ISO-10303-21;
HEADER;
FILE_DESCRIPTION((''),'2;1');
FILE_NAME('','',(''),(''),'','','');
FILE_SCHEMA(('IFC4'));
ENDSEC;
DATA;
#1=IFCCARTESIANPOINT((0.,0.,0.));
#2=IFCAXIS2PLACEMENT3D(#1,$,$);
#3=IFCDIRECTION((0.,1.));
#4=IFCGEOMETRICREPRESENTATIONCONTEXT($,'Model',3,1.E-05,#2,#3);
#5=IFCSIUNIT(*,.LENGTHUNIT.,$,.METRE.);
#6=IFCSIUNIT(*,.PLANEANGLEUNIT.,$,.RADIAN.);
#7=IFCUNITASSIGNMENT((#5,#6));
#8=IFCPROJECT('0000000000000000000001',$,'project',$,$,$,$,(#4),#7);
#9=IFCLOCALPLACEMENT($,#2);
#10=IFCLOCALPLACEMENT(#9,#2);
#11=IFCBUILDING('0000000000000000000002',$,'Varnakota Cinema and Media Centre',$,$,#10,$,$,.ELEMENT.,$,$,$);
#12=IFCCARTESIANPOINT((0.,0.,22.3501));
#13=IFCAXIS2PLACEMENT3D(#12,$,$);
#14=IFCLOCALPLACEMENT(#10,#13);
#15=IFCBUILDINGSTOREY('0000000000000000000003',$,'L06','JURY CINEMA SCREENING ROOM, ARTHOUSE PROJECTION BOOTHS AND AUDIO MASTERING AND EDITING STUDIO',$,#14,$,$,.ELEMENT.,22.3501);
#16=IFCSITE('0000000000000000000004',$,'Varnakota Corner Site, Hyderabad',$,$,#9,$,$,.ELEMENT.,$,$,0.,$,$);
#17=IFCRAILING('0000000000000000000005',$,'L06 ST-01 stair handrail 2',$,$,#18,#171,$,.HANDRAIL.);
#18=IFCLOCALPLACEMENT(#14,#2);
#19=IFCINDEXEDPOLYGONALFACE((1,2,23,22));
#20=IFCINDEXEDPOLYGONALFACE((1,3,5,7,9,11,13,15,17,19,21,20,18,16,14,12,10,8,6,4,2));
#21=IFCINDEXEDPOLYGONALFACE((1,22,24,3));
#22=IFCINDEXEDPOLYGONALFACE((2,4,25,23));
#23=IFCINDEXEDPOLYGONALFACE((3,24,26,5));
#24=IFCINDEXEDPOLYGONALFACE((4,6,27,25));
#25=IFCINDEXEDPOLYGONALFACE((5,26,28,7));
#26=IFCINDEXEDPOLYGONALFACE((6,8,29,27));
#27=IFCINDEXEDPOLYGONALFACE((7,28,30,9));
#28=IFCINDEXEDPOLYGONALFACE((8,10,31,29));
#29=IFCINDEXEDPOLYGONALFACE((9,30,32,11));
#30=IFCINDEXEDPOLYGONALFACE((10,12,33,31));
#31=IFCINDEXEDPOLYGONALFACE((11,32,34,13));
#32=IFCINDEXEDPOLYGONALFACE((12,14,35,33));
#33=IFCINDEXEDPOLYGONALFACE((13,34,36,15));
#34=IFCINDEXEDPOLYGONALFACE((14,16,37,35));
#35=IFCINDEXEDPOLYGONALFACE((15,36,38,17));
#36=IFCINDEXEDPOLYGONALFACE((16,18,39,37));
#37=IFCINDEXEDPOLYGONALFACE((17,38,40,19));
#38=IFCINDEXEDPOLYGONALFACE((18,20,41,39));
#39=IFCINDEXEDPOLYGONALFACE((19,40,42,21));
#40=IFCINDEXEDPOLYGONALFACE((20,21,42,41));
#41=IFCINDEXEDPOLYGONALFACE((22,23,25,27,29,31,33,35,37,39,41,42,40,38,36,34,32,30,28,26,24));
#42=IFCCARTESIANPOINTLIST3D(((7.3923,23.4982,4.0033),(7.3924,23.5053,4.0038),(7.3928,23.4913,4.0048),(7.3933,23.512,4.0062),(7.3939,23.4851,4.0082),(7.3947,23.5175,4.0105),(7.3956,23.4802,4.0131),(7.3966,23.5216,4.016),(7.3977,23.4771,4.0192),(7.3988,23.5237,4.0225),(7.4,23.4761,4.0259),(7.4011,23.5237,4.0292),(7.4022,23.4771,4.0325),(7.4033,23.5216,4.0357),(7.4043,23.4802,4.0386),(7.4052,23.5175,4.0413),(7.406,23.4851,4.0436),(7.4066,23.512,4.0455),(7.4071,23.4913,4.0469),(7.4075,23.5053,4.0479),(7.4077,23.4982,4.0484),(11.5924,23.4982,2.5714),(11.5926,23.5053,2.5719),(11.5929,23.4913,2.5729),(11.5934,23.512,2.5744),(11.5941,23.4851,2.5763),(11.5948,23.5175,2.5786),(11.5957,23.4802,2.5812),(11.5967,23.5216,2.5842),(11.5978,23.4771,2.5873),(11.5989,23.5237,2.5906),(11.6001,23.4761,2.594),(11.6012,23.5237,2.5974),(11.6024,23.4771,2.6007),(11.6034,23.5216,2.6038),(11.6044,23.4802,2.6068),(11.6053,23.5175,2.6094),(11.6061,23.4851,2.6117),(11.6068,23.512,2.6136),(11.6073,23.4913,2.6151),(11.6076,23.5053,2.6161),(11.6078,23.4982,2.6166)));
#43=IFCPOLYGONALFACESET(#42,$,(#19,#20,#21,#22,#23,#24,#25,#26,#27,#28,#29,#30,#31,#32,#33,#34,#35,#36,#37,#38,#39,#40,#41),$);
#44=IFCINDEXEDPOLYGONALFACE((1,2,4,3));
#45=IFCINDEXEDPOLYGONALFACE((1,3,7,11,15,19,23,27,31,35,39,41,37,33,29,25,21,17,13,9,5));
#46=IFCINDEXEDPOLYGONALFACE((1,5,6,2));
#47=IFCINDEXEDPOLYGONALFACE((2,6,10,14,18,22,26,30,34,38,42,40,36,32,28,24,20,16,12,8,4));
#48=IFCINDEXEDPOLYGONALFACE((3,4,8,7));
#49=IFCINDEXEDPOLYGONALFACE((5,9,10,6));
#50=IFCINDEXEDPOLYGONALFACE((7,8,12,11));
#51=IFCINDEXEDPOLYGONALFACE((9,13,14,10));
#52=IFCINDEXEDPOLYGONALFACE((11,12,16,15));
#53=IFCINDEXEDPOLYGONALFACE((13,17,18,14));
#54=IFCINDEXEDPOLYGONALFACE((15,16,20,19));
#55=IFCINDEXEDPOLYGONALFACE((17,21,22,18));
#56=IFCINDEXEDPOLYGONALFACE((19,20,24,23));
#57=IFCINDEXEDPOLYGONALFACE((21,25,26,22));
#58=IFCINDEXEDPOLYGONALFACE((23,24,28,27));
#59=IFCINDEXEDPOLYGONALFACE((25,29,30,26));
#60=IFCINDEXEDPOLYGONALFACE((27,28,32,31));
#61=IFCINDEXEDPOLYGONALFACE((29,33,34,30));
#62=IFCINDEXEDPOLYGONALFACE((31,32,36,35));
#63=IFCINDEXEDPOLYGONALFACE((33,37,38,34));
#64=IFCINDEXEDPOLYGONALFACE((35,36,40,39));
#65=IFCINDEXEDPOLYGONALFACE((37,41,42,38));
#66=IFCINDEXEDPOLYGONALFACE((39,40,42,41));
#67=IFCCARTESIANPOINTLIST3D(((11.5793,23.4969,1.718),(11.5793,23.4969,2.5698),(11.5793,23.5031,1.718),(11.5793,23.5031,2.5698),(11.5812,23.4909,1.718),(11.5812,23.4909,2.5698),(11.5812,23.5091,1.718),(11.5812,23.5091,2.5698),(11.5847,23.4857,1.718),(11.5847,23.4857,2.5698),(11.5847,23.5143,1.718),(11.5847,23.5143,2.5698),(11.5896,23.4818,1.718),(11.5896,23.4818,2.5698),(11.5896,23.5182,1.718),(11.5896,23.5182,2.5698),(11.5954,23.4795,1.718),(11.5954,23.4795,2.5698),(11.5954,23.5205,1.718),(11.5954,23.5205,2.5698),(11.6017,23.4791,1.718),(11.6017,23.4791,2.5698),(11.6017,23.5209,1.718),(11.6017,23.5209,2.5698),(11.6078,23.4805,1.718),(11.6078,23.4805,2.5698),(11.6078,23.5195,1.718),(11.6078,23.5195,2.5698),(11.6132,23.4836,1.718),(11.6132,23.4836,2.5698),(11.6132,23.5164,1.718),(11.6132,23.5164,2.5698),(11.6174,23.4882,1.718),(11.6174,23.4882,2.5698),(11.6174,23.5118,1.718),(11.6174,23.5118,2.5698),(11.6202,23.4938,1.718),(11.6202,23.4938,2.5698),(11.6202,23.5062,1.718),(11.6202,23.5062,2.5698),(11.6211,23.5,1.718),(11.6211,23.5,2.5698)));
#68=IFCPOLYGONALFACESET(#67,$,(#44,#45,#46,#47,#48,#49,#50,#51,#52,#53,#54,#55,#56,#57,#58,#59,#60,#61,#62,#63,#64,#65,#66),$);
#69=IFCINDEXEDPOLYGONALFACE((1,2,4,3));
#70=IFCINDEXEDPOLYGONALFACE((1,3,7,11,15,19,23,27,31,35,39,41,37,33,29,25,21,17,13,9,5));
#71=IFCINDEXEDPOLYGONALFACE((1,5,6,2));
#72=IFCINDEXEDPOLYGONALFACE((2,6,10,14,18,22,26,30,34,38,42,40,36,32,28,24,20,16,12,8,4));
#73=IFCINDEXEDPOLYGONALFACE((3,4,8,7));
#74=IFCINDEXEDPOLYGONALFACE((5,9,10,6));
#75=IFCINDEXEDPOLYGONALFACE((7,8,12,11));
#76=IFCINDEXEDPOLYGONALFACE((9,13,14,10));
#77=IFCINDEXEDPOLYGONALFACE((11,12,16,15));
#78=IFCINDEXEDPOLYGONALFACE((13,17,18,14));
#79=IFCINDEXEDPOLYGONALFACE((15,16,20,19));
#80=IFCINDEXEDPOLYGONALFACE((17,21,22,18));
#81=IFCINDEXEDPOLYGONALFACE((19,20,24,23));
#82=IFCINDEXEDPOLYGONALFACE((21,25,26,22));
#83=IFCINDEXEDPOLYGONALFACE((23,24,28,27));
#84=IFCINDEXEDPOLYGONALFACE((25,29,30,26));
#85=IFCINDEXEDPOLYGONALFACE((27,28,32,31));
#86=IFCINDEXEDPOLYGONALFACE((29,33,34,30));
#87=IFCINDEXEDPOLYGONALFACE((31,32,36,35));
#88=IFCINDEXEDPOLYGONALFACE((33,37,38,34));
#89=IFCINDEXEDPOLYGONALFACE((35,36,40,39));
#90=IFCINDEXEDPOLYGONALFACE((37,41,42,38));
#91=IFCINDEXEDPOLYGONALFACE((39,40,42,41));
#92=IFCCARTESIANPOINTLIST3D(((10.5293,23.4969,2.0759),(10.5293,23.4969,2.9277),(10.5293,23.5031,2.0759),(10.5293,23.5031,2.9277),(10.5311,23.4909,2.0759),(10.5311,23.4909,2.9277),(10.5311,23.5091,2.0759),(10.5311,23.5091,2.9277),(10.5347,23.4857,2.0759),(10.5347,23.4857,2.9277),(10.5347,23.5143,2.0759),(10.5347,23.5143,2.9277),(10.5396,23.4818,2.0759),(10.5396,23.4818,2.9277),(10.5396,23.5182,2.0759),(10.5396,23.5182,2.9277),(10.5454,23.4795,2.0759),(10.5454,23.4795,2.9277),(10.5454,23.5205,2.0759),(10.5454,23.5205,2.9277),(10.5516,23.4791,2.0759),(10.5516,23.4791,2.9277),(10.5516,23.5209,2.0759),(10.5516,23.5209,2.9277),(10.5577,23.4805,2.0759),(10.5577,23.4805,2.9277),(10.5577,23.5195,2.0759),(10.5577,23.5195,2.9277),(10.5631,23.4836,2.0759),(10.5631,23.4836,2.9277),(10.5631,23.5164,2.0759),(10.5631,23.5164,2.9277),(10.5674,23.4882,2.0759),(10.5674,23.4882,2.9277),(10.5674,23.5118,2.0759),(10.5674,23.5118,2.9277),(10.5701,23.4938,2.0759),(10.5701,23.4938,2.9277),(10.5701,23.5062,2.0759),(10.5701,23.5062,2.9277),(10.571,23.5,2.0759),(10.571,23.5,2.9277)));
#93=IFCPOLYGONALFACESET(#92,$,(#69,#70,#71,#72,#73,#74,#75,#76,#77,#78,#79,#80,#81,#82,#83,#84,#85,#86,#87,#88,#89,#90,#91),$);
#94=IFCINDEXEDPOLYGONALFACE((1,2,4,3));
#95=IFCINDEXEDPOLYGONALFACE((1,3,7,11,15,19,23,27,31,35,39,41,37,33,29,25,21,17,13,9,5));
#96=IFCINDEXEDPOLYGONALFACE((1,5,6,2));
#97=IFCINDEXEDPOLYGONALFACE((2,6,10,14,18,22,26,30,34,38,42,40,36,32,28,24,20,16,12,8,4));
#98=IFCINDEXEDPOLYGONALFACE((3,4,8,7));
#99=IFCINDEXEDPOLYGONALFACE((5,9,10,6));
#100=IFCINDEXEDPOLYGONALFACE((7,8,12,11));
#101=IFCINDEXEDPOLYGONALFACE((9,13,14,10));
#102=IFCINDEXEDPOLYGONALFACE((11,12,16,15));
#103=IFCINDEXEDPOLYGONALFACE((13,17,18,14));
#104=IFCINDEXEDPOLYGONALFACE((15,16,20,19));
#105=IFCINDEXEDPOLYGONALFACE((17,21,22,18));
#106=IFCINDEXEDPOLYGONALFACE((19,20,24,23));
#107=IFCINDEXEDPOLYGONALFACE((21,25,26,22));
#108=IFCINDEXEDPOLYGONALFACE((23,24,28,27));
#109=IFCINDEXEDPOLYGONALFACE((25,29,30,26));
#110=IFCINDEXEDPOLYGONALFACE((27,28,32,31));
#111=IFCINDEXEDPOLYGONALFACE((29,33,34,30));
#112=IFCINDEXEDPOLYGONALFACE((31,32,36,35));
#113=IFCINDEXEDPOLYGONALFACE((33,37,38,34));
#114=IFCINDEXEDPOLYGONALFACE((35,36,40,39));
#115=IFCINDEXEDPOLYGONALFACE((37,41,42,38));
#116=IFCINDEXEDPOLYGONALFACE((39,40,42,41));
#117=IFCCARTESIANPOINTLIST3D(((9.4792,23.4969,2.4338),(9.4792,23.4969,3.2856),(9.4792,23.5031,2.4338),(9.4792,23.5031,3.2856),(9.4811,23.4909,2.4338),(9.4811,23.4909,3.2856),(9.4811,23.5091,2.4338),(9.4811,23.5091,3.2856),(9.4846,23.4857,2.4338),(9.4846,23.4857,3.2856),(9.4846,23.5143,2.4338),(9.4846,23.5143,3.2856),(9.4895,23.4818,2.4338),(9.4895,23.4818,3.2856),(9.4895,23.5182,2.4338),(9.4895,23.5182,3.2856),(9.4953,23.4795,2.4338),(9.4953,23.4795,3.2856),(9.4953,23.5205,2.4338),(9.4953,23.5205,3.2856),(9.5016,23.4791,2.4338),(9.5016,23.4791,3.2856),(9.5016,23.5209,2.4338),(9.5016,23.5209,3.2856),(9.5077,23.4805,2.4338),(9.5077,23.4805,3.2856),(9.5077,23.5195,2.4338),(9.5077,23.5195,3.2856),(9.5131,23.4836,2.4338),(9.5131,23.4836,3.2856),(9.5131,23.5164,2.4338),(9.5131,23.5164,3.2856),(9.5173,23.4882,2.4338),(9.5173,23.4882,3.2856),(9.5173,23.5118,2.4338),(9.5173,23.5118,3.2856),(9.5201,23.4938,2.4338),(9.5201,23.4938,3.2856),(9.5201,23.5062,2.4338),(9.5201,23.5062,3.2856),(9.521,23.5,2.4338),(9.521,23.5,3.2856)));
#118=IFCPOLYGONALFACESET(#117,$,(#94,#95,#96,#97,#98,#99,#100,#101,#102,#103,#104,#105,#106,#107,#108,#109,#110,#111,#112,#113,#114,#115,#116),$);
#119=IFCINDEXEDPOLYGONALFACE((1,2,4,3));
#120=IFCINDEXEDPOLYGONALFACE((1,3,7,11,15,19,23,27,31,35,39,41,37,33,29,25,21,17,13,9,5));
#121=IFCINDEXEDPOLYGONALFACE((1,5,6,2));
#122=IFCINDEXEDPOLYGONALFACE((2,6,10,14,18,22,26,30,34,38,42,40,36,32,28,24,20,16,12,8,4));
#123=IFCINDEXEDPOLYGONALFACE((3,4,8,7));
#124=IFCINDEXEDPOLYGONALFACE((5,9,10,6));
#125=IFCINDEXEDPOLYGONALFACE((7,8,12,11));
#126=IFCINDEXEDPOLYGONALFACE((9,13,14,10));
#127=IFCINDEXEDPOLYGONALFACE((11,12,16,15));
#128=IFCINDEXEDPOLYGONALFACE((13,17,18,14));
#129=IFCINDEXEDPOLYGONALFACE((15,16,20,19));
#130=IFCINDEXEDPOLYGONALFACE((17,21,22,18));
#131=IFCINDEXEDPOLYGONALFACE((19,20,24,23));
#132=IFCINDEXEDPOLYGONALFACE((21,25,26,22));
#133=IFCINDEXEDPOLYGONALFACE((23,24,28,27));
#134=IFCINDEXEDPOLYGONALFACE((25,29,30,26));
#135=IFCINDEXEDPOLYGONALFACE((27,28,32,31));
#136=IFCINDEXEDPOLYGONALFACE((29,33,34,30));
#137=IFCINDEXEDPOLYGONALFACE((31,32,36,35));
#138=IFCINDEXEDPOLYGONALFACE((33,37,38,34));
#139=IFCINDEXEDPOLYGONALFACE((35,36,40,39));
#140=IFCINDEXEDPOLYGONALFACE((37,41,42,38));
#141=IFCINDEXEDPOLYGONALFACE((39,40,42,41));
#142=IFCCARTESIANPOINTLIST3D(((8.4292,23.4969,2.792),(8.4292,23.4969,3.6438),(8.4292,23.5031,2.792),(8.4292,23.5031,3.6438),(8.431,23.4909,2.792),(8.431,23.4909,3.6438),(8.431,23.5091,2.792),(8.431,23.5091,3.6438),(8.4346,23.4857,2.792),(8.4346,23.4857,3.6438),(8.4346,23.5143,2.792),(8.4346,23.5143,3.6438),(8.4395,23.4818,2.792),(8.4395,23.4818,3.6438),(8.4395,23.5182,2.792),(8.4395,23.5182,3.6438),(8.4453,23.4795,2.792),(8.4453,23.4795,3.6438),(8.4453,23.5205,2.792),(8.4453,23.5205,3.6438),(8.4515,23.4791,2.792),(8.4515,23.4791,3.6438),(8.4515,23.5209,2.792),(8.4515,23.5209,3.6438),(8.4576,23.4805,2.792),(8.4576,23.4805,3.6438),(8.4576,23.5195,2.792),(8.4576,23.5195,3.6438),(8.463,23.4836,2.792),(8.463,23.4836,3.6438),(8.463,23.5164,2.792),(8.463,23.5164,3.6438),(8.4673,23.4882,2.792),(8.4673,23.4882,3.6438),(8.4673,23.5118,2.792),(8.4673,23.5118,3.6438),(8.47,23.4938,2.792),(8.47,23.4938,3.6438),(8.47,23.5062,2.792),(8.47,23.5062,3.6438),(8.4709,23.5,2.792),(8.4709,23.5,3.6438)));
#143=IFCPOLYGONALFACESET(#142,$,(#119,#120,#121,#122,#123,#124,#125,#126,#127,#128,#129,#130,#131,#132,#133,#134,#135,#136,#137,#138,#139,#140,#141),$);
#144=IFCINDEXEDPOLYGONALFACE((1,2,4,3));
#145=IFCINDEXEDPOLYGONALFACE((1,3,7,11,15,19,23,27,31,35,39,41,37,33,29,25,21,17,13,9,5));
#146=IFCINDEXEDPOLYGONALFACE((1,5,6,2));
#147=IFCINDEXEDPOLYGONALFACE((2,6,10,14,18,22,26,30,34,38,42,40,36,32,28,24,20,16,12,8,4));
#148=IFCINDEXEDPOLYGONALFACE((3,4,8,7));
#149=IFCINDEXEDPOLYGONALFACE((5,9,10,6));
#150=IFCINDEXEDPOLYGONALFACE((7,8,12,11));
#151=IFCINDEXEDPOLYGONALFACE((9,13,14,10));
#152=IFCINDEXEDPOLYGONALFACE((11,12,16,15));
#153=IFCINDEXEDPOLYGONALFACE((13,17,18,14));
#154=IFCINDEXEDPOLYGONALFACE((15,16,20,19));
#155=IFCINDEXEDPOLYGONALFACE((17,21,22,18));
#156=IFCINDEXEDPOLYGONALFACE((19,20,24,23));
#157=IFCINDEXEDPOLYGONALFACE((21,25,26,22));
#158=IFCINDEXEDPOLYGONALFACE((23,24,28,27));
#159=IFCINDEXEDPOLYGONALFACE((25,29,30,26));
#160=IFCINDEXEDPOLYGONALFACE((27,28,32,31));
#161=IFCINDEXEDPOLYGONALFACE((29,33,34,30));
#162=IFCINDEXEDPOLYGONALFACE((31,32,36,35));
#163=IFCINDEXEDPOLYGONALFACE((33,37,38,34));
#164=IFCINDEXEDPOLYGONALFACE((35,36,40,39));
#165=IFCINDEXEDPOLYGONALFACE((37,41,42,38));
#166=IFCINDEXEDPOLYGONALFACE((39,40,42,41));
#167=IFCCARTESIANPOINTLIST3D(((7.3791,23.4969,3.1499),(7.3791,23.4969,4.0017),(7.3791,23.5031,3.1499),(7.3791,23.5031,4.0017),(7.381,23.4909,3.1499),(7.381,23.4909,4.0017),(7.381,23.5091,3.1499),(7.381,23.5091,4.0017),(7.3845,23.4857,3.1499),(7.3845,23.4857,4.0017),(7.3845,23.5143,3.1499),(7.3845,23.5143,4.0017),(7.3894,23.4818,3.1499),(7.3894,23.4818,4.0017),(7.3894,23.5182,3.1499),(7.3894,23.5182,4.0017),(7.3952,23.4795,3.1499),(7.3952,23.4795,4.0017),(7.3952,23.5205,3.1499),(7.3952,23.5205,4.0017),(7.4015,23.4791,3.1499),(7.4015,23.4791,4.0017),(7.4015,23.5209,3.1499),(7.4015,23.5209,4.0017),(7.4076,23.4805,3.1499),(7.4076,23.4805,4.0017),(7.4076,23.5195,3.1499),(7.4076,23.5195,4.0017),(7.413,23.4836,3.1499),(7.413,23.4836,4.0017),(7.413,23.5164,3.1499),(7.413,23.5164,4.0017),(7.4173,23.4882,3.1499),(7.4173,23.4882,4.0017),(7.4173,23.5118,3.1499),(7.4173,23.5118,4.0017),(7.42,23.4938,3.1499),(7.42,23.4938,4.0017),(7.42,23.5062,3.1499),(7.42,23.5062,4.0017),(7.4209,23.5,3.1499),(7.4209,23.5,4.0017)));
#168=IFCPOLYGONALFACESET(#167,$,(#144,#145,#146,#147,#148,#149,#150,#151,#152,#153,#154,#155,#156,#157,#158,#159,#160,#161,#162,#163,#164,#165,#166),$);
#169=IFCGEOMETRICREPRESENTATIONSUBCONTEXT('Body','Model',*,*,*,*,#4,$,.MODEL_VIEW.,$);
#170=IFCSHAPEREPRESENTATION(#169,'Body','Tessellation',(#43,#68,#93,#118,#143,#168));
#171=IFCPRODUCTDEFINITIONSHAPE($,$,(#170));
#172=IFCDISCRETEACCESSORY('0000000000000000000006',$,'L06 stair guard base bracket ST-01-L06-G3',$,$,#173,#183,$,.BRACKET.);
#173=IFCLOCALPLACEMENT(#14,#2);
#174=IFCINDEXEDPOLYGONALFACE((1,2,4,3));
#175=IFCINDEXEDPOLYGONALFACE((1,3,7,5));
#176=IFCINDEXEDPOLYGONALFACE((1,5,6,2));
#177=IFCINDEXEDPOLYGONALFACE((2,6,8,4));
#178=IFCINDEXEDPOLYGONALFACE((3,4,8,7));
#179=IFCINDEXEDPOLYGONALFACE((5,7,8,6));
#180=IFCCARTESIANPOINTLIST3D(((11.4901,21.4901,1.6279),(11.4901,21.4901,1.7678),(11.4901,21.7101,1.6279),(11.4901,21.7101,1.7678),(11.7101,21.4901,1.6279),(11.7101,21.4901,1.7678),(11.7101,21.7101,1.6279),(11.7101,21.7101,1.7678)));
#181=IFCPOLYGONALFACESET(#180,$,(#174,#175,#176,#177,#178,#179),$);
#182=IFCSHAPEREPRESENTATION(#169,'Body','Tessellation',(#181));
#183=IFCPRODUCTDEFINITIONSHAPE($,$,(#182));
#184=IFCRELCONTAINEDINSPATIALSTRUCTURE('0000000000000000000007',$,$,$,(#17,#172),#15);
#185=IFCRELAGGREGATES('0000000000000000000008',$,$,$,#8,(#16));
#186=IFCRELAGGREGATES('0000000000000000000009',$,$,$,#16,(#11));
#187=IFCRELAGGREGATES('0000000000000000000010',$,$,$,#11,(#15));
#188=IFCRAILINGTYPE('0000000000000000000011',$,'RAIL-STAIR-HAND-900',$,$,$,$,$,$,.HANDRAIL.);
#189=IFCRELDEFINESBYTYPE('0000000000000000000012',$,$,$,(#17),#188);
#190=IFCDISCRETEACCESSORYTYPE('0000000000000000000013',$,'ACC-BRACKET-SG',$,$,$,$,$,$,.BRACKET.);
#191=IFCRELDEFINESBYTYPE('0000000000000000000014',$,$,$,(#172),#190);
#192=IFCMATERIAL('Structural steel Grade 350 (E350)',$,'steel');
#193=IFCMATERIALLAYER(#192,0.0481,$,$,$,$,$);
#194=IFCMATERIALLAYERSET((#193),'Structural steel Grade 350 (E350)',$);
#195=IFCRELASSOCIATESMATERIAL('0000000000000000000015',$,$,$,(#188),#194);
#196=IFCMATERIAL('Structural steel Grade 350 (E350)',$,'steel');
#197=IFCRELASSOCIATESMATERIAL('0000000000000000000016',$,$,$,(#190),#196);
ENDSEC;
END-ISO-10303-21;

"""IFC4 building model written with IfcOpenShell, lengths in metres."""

from ifc_helpers import new_model, si_unit, direction, frame, origin, origin_2d, place, context, subcontext, project, spatial, rectangle, circle, extrude, material, layer, layer_set, type_object, element, save


model = new_model("IFC4")

# Units and contexts
model_context = context("Model", 3, precision=1e-05, world=origin(), true_north=direction((0.0, 1.0)))
body_context = subcontext(model_context, "Body", "Model", "MODEL_VIEW")
ifc_project = project(units=[si_unit("LENGTHUNIT", "METRE"), si_unit("PLANEANGLEUNIT", "RADIAN")], contexts=[model_context])

# Site, building, storey
site_placement = place(None, origin())
site = spatial("IfcSite", under=ifc_project, at=site_placement, Name="Varnakota Corner Site, Hyderabad", CompositionType="ELEMENT", RefElevation=0.0)
building_placement = place(site_placement, origin())
building = spatial("IfcBuilding", under=site, at=building_placement, Name="Varnakota Cinema and Media Centre", CompositionType="ELEMENT")
storey_placement = place(building_placement, frame((0.0, 0.0, 22.3501)))
storey = spatial("IfcBuildingStorey", under=building, at=storey_placement, Name="L06", Description="JURY CINEMA SCREENING ROOM, ARTHOUSE PROJECTION BOOTHS AND AUDIO MASTERING AND EDITING STUDIO", CompositionType="ELEMENT", Elevation=22.3501)

# Railing
ifc_material_1 = material(Name="Structural steel Grade 350 (E350)", Category="steel")
ifc_layer_1 = layer(ifc_material_1, 0.0481)
ifc_layer_set_1 = layer_set([ifc_layer_1], Name="Structural steel Grade 350 (E350)")
railing_type = type_object("IfcRailingType", Name="RAIL-STAIR-HAND-900", PredefinedType="HANDRAIL", material=ifc_layer_set_1)
railing_placement = place(storey_placement, frame((11.6001, 23.5, 1.718)))
element("IfcRailing", 1, at=railing_placement, inside=storey, type_object=railing_type, Name="L06 ST-01 stair handrail 2", PredefinedType="HANDRAIL", context=body_context, shape_type="SweptSolid", body=[
    extrude(circle(Radius=0.0239, at=origin_2d()), frame((0.0, 0.0, 0.876), z_axis=(-0.94651, 0.0, 0.322674), x_axis=(0.0, -1.0, 0.0)), (0.0, 0.0, 1.0), 4.4375),
    extrude(circle(Radius=0.021, at=origin_2d()), origin(), (0.0, 0.0, 1.0), 0.8518),
    extrude(circle(Radius=0.021, at=origin_2d()), frame((-1.05, 0.0, 0.3579)), (0.0, 0.0, 1.0), 0.8518),
    extrude(circle(Radius=0.021, at=origin_2d()), frame((-2.1001, 0.0, 0.7158)), (0.0, 0.0, 1.0), 0.8518),
    extrude(circle(Radius=0.021, at=origin_2d()), frame((-3.1501, 0.0, 1.074)), (0.0, 0.0, 1.0), 0.8518),
    extrude(circle(Radius=0.021, at=origin_2d()), frame((-4.2002, 0.0, 1.4319)), (0.0, 0.0, 1.0), 0.8518),
])

# Discrete accessory
ifc_material_2 = material(Name="Structural steel Grade 350 (E350)", Category="steel")
discrete_accessory_type = type_object("IfcDiscreteAccessoryType", Name="ACC-BRACKET-SG", PredefinedType="BRACKET", material=ifc_material_2)
discrete_accessory_placement = place(storey_placement, frame((11.6001, 21.6001, 1.6279), z_axis=(0.0, 0.0, 1.0), x_axis=(1.0, 0.0, 0.0)))
element("IfcDiscreteAccessory", 2, at=discrete_accessory_placement, inside=storey, type_object=discrete_accessory_type, Name="L06 stair guard base bracket ST-01-L06-G3", PredefinedType="BRACKET", context=body_context, shape_type="SweptSolid", body=[
    extrude(rectangle(XDim=0.22, YDim=0.22, at=origin_2d()), origin(), (0.0, 0.0, 1.0), 0.1399),
])

save(model, "model.ifc")
